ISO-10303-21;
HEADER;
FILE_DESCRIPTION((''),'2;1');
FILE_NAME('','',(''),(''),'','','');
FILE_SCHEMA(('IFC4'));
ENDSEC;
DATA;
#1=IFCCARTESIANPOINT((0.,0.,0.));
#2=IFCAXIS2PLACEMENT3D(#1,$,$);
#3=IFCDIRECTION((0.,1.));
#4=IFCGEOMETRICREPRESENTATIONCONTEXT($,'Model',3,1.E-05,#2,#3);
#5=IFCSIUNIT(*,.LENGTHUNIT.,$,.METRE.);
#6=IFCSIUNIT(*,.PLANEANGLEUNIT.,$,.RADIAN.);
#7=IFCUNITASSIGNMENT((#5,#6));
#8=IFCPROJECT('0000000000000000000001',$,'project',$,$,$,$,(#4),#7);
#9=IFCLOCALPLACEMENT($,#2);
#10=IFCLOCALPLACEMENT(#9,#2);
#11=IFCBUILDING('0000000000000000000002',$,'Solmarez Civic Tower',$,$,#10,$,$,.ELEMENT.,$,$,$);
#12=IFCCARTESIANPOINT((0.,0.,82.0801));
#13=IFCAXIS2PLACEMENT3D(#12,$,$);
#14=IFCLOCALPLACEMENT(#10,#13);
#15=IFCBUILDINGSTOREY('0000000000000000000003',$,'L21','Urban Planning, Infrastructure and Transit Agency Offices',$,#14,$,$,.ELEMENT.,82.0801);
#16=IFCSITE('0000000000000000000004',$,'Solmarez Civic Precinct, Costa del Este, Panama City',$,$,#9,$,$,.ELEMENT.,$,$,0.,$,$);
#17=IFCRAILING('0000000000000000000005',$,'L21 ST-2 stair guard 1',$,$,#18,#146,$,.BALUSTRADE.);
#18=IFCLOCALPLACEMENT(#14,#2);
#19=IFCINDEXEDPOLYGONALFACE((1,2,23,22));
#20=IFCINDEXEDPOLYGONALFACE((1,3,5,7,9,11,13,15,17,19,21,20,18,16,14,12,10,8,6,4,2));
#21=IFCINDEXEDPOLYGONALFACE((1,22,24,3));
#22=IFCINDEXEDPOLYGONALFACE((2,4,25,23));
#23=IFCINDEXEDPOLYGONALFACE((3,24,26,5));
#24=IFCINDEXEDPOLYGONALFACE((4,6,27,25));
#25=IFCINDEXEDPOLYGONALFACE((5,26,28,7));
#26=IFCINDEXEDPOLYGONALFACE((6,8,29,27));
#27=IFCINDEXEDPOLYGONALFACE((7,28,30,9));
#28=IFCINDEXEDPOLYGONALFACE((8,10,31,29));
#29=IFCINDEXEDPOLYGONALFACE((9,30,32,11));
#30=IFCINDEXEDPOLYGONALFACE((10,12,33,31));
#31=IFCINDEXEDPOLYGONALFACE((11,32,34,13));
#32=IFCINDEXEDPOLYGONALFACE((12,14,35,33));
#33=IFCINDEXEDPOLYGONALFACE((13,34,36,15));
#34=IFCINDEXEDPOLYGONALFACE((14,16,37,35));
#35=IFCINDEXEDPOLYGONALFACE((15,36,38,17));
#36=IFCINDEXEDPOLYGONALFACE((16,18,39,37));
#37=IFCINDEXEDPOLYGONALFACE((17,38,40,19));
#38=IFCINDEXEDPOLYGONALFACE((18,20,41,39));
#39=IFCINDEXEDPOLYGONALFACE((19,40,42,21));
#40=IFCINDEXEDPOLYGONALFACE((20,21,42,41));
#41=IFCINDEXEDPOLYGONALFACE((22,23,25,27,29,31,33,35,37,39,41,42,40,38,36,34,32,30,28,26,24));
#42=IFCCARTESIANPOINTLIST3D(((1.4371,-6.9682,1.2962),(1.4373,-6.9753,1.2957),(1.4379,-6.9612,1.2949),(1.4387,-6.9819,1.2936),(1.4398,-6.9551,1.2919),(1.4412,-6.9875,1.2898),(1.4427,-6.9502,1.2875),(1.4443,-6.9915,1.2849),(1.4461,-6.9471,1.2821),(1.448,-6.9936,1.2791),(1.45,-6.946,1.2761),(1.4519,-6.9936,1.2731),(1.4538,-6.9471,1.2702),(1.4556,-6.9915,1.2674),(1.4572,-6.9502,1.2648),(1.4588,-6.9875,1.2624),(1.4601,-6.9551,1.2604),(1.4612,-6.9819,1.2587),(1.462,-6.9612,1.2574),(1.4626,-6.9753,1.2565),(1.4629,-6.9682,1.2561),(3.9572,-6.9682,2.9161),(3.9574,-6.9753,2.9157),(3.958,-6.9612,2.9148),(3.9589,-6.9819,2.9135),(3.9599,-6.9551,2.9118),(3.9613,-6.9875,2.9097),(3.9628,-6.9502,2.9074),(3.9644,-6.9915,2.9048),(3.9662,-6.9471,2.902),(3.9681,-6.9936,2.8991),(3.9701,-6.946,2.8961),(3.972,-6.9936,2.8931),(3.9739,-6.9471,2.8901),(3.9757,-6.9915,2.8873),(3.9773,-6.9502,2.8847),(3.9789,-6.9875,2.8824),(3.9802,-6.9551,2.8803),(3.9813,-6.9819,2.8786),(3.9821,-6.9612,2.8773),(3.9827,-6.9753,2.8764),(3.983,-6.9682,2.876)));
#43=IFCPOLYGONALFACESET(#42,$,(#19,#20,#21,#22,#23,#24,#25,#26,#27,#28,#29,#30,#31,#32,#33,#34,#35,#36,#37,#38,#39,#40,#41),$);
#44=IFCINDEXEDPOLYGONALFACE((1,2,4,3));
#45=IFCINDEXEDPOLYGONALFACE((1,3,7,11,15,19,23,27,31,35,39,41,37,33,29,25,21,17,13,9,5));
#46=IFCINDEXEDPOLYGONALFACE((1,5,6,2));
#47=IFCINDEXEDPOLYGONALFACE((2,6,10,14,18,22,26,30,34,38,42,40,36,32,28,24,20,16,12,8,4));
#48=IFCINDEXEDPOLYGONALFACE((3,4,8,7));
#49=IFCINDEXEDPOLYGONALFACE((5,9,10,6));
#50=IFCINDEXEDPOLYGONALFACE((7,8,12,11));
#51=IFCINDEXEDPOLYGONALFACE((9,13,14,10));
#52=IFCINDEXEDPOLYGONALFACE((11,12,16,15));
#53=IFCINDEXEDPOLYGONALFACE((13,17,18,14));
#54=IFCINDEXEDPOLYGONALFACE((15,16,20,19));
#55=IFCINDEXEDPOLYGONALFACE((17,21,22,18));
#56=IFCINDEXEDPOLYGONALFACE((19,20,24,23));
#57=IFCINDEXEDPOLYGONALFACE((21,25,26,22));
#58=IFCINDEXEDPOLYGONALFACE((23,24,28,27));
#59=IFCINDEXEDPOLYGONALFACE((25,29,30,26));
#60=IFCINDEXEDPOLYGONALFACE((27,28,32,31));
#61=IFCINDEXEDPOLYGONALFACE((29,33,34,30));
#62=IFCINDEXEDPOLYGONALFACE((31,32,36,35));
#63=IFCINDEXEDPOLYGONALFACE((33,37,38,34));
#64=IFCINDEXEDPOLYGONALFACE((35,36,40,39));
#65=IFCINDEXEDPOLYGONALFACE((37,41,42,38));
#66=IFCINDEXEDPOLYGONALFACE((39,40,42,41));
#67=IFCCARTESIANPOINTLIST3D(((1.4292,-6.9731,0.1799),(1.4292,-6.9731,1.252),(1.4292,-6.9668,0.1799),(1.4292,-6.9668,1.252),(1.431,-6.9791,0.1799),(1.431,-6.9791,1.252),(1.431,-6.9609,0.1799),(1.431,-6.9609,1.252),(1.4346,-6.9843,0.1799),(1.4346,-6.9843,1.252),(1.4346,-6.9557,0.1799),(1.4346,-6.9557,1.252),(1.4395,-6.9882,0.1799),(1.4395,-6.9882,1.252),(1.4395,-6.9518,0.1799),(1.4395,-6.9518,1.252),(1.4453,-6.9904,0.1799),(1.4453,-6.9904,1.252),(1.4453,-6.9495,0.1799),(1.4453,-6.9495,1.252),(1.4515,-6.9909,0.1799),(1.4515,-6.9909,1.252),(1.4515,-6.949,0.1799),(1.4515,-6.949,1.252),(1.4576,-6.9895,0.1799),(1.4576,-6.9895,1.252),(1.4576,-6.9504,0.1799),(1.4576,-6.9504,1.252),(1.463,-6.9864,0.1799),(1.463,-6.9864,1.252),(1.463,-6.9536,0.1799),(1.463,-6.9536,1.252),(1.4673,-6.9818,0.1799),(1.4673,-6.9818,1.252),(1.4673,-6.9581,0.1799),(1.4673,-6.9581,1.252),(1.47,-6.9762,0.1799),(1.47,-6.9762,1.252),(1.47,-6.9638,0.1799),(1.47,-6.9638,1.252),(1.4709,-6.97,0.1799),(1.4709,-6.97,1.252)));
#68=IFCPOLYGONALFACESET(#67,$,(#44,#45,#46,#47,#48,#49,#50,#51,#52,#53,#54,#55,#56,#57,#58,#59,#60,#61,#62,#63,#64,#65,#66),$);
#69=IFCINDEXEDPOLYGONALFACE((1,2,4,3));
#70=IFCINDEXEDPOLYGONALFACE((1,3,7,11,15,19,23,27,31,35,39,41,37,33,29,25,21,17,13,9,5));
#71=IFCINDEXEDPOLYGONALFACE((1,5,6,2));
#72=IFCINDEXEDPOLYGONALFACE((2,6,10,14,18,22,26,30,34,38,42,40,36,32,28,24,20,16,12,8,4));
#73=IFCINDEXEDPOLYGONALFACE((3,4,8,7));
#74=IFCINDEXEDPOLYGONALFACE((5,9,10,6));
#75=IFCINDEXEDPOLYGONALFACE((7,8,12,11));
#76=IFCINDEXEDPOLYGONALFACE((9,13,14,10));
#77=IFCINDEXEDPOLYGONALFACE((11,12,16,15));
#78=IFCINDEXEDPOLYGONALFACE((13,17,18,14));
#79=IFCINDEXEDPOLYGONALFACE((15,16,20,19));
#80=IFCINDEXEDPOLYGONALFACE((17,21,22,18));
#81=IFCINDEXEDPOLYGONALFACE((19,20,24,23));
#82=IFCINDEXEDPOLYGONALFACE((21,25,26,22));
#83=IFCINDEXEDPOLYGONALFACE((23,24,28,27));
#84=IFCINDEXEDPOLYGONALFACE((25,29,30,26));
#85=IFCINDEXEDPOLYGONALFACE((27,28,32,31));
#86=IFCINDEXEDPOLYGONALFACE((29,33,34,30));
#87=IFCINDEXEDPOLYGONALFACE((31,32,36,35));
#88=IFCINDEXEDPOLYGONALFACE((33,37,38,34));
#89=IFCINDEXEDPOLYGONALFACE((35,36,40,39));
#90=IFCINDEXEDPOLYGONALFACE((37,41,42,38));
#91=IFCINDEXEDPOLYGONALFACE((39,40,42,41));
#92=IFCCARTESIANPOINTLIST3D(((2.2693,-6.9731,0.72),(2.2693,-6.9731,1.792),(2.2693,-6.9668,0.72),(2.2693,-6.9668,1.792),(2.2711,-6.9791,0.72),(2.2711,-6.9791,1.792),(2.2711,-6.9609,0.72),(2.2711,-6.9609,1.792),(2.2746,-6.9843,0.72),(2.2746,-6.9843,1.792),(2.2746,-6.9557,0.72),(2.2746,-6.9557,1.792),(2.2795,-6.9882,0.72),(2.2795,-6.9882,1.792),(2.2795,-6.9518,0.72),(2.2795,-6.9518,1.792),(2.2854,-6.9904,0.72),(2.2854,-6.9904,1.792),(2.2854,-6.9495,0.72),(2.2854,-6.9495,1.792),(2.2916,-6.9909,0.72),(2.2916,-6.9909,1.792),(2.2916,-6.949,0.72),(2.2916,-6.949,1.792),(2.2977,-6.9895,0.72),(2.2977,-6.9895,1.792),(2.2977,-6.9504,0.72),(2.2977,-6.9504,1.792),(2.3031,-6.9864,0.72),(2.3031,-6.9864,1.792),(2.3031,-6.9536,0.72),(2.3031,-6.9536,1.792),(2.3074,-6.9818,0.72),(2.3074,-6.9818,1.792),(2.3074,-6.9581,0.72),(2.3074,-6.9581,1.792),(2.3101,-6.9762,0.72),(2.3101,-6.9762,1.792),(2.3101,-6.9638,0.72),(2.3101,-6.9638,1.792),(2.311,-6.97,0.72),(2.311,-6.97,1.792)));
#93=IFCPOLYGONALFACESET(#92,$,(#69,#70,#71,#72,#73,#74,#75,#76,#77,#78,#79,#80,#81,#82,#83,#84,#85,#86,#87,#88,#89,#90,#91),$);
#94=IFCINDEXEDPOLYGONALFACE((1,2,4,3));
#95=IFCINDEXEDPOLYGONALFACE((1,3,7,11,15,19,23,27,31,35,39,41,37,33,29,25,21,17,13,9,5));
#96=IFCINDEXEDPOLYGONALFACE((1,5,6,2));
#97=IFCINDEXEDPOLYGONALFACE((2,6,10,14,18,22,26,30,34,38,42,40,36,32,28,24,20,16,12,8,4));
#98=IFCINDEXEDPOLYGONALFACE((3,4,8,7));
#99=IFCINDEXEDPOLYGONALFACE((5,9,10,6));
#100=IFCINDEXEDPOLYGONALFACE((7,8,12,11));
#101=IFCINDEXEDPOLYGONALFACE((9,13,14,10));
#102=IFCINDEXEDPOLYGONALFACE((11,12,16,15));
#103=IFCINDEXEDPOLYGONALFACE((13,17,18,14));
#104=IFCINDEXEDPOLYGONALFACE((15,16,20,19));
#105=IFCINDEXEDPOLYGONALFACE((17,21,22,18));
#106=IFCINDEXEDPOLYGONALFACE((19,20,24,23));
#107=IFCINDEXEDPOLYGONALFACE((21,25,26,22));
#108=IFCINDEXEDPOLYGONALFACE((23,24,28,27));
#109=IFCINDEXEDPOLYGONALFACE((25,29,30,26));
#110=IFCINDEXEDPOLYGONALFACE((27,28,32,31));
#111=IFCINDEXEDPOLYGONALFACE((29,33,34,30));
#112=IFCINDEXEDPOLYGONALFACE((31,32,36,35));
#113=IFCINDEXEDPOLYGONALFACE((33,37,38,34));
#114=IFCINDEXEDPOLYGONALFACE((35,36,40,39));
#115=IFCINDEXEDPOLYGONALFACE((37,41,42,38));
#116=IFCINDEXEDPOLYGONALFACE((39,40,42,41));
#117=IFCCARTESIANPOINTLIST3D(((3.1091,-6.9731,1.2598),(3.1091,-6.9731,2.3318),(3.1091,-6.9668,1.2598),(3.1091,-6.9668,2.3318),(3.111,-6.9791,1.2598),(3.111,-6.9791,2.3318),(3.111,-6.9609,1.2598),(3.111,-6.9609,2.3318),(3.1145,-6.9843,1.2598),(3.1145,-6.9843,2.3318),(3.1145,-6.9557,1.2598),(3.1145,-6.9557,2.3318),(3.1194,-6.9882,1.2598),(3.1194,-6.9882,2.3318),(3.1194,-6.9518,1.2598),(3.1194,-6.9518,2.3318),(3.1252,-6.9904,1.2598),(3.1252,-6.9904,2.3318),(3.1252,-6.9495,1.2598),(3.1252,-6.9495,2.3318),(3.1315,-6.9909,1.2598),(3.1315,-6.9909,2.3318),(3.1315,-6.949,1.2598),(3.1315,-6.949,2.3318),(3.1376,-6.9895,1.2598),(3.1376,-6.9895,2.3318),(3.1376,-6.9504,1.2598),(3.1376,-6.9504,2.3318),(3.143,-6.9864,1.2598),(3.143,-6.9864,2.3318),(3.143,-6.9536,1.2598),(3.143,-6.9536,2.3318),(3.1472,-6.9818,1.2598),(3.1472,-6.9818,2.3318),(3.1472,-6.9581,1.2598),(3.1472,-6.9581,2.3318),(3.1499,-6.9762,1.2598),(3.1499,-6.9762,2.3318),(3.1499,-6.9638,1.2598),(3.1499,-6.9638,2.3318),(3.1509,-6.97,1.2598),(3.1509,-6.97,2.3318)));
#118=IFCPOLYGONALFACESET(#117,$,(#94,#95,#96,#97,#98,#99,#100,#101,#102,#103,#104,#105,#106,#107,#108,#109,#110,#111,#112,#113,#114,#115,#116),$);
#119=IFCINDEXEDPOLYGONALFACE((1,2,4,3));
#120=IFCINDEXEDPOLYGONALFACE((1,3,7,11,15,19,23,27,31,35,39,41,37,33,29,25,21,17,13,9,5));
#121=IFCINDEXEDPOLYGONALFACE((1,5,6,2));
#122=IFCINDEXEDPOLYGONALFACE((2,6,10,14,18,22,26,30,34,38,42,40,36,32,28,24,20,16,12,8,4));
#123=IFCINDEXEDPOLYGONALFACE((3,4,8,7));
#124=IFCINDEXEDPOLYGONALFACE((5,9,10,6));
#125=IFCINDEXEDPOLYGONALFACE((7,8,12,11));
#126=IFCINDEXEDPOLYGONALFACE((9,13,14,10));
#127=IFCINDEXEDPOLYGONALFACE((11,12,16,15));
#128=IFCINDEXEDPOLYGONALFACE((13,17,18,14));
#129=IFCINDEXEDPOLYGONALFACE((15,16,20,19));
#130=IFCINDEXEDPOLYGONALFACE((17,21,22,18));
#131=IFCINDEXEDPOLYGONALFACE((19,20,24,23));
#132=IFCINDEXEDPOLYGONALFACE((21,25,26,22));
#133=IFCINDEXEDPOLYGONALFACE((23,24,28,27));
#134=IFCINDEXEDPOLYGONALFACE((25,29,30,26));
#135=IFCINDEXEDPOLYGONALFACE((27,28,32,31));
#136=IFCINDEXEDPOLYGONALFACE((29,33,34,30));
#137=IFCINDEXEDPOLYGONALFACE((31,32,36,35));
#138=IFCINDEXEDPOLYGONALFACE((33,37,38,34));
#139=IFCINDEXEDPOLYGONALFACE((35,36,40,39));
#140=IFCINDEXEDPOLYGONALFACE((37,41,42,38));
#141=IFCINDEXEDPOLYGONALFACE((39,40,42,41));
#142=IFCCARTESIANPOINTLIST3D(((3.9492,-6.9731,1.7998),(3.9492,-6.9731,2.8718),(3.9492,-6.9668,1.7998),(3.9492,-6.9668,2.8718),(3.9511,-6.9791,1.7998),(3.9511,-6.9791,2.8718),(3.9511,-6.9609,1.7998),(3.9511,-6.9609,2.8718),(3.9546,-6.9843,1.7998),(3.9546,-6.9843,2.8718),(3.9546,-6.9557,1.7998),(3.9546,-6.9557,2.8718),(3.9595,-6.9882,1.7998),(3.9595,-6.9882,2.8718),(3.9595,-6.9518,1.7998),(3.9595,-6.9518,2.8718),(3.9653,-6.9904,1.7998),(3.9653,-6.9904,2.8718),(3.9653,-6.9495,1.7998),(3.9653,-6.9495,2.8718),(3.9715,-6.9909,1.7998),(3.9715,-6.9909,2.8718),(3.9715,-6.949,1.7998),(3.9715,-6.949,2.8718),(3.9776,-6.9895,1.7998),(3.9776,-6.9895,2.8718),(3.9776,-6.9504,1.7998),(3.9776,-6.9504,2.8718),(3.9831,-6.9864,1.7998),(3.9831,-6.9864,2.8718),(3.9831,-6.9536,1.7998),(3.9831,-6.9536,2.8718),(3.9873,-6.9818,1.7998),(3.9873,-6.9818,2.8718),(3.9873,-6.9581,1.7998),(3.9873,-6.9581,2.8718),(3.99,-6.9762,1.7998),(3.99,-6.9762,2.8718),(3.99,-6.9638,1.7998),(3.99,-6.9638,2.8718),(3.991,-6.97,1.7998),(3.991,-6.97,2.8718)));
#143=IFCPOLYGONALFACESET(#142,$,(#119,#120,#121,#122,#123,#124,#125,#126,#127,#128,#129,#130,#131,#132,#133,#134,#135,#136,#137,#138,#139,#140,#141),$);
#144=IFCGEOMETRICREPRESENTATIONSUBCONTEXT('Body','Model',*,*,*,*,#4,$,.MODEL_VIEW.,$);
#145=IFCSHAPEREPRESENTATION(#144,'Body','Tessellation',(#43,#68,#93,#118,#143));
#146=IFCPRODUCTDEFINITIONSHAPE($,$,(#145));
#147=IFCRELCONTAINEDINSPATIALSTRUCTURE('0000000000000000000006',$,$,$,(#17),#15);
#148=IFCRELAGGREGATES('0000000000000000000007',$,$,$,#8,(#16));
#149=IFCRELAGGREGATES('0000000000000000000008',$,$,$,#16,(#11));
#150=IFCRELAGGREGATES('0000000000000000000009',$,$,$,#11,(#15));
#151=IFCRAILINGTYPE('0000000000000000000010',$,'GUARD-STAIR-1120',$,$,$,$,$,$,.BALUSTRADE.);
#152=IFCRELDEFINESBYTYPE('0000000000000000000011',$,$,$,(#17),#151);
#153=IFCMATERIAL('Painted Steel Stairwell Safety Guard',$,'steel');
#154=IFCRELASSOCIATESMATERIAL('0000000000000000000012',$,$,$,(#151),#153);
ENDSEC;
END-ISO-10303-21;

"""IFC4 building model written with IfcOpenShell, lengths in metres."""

from ifc_helpers import new_model, si_unit, direction, frame, origin, origin_2d, place, context, subcontext, project, spatial, circle, extrude, material, type_object, element, save


model = new_model("IFC4")

# Units and contexts
model_context = context("Model", 3, precision=1e-05, world=origin(), true_north=direction((0.0, 1.0)))
body_context = subcontext(model_context, "Body", "Model", "MODEL_VIEW")
ifc_project = project(units=[si_unit("LENGTHUNIT", "METRE"), si_unit("PLANEANGLEUNIT", "RADIAN")], contexts=[model_context])

# Site, building, storey
site_placement = place(None, origin())
site = spatial("IfcSite", under=ifc_project, at=site_placement, Name="Solmarez Civic Precinct, Costa del Este, Panama City", CompositionType="ELEMENT", RefElevation=0.0)
building_placement = place(site_placement, origin())
building = spatial("IfcBuilding", under=site, at=building_placement, Name="Solmarez Civic Tower", CompositionType="ELEMENT")
storey_placement = place(building_placement, frame((0.0, 0.0, 82.0801)))
storey = spatial("IfcBuildingStorey", under=building, at=storey_placement, Name="L21", Description="Urban Planning, Infrastructure and Transit Agency Offices", CompositionType="ELEMENT", Elevation=82.0801)

# Railing
ifc_material_1 = material(Name="Painted Steel Stairwell Safety Guard", Category="steel")
railing_type_1 = type_object("IfcRailingType", Name="GUARD-STAIR-1120", PredefinedType="BALUSTRADE", material=ifc_material_1)
railing_1_placement = place(storey_placement, frame((1.45, -6.97, 0.1799)))
element("IfcRailing", 1, at=railing_1_placement, inside=storey, type_object=railing_type_1, Name="L21 ST-2 stair guard 1", PredefinedType="BALUSTRADE", context=body_context, shape_type="SweptSolid", body=[
    extrude(circle(Radius=0.0239, at=origin_2d()), frame((0.0, 0.0, 1.0962), z_axis=(0.8412, 0.0, 0.540725), x_axis=(0.0, 1.0, 0.0)), (0.0, 0.0, 1.0), 2.9958),
    extrude(circle(Radius=0.021, at=origin_2d()), origin(), (0.0, 0.0, 1.0), 1.072),
    extrude(circle(Radius=0.021, at=origin_2d()), frame((0.8401, 0.0, 0.54)), (0.0, 0.0, 1.0), 1.072),
    extrude(circle(Radius=0.021, at=origin_2d()), frame((1.6799, 0.0, 1.0798)), (0.0, 0.0, 1.0), 1.072),
    extrude(circle(Radius=0.021, at=origin_2d()), frame((2.52, 0.0, 1.6199)), (0.0, 0.0, 1.0), 1.072),
])

save(model, "model.ifc")
